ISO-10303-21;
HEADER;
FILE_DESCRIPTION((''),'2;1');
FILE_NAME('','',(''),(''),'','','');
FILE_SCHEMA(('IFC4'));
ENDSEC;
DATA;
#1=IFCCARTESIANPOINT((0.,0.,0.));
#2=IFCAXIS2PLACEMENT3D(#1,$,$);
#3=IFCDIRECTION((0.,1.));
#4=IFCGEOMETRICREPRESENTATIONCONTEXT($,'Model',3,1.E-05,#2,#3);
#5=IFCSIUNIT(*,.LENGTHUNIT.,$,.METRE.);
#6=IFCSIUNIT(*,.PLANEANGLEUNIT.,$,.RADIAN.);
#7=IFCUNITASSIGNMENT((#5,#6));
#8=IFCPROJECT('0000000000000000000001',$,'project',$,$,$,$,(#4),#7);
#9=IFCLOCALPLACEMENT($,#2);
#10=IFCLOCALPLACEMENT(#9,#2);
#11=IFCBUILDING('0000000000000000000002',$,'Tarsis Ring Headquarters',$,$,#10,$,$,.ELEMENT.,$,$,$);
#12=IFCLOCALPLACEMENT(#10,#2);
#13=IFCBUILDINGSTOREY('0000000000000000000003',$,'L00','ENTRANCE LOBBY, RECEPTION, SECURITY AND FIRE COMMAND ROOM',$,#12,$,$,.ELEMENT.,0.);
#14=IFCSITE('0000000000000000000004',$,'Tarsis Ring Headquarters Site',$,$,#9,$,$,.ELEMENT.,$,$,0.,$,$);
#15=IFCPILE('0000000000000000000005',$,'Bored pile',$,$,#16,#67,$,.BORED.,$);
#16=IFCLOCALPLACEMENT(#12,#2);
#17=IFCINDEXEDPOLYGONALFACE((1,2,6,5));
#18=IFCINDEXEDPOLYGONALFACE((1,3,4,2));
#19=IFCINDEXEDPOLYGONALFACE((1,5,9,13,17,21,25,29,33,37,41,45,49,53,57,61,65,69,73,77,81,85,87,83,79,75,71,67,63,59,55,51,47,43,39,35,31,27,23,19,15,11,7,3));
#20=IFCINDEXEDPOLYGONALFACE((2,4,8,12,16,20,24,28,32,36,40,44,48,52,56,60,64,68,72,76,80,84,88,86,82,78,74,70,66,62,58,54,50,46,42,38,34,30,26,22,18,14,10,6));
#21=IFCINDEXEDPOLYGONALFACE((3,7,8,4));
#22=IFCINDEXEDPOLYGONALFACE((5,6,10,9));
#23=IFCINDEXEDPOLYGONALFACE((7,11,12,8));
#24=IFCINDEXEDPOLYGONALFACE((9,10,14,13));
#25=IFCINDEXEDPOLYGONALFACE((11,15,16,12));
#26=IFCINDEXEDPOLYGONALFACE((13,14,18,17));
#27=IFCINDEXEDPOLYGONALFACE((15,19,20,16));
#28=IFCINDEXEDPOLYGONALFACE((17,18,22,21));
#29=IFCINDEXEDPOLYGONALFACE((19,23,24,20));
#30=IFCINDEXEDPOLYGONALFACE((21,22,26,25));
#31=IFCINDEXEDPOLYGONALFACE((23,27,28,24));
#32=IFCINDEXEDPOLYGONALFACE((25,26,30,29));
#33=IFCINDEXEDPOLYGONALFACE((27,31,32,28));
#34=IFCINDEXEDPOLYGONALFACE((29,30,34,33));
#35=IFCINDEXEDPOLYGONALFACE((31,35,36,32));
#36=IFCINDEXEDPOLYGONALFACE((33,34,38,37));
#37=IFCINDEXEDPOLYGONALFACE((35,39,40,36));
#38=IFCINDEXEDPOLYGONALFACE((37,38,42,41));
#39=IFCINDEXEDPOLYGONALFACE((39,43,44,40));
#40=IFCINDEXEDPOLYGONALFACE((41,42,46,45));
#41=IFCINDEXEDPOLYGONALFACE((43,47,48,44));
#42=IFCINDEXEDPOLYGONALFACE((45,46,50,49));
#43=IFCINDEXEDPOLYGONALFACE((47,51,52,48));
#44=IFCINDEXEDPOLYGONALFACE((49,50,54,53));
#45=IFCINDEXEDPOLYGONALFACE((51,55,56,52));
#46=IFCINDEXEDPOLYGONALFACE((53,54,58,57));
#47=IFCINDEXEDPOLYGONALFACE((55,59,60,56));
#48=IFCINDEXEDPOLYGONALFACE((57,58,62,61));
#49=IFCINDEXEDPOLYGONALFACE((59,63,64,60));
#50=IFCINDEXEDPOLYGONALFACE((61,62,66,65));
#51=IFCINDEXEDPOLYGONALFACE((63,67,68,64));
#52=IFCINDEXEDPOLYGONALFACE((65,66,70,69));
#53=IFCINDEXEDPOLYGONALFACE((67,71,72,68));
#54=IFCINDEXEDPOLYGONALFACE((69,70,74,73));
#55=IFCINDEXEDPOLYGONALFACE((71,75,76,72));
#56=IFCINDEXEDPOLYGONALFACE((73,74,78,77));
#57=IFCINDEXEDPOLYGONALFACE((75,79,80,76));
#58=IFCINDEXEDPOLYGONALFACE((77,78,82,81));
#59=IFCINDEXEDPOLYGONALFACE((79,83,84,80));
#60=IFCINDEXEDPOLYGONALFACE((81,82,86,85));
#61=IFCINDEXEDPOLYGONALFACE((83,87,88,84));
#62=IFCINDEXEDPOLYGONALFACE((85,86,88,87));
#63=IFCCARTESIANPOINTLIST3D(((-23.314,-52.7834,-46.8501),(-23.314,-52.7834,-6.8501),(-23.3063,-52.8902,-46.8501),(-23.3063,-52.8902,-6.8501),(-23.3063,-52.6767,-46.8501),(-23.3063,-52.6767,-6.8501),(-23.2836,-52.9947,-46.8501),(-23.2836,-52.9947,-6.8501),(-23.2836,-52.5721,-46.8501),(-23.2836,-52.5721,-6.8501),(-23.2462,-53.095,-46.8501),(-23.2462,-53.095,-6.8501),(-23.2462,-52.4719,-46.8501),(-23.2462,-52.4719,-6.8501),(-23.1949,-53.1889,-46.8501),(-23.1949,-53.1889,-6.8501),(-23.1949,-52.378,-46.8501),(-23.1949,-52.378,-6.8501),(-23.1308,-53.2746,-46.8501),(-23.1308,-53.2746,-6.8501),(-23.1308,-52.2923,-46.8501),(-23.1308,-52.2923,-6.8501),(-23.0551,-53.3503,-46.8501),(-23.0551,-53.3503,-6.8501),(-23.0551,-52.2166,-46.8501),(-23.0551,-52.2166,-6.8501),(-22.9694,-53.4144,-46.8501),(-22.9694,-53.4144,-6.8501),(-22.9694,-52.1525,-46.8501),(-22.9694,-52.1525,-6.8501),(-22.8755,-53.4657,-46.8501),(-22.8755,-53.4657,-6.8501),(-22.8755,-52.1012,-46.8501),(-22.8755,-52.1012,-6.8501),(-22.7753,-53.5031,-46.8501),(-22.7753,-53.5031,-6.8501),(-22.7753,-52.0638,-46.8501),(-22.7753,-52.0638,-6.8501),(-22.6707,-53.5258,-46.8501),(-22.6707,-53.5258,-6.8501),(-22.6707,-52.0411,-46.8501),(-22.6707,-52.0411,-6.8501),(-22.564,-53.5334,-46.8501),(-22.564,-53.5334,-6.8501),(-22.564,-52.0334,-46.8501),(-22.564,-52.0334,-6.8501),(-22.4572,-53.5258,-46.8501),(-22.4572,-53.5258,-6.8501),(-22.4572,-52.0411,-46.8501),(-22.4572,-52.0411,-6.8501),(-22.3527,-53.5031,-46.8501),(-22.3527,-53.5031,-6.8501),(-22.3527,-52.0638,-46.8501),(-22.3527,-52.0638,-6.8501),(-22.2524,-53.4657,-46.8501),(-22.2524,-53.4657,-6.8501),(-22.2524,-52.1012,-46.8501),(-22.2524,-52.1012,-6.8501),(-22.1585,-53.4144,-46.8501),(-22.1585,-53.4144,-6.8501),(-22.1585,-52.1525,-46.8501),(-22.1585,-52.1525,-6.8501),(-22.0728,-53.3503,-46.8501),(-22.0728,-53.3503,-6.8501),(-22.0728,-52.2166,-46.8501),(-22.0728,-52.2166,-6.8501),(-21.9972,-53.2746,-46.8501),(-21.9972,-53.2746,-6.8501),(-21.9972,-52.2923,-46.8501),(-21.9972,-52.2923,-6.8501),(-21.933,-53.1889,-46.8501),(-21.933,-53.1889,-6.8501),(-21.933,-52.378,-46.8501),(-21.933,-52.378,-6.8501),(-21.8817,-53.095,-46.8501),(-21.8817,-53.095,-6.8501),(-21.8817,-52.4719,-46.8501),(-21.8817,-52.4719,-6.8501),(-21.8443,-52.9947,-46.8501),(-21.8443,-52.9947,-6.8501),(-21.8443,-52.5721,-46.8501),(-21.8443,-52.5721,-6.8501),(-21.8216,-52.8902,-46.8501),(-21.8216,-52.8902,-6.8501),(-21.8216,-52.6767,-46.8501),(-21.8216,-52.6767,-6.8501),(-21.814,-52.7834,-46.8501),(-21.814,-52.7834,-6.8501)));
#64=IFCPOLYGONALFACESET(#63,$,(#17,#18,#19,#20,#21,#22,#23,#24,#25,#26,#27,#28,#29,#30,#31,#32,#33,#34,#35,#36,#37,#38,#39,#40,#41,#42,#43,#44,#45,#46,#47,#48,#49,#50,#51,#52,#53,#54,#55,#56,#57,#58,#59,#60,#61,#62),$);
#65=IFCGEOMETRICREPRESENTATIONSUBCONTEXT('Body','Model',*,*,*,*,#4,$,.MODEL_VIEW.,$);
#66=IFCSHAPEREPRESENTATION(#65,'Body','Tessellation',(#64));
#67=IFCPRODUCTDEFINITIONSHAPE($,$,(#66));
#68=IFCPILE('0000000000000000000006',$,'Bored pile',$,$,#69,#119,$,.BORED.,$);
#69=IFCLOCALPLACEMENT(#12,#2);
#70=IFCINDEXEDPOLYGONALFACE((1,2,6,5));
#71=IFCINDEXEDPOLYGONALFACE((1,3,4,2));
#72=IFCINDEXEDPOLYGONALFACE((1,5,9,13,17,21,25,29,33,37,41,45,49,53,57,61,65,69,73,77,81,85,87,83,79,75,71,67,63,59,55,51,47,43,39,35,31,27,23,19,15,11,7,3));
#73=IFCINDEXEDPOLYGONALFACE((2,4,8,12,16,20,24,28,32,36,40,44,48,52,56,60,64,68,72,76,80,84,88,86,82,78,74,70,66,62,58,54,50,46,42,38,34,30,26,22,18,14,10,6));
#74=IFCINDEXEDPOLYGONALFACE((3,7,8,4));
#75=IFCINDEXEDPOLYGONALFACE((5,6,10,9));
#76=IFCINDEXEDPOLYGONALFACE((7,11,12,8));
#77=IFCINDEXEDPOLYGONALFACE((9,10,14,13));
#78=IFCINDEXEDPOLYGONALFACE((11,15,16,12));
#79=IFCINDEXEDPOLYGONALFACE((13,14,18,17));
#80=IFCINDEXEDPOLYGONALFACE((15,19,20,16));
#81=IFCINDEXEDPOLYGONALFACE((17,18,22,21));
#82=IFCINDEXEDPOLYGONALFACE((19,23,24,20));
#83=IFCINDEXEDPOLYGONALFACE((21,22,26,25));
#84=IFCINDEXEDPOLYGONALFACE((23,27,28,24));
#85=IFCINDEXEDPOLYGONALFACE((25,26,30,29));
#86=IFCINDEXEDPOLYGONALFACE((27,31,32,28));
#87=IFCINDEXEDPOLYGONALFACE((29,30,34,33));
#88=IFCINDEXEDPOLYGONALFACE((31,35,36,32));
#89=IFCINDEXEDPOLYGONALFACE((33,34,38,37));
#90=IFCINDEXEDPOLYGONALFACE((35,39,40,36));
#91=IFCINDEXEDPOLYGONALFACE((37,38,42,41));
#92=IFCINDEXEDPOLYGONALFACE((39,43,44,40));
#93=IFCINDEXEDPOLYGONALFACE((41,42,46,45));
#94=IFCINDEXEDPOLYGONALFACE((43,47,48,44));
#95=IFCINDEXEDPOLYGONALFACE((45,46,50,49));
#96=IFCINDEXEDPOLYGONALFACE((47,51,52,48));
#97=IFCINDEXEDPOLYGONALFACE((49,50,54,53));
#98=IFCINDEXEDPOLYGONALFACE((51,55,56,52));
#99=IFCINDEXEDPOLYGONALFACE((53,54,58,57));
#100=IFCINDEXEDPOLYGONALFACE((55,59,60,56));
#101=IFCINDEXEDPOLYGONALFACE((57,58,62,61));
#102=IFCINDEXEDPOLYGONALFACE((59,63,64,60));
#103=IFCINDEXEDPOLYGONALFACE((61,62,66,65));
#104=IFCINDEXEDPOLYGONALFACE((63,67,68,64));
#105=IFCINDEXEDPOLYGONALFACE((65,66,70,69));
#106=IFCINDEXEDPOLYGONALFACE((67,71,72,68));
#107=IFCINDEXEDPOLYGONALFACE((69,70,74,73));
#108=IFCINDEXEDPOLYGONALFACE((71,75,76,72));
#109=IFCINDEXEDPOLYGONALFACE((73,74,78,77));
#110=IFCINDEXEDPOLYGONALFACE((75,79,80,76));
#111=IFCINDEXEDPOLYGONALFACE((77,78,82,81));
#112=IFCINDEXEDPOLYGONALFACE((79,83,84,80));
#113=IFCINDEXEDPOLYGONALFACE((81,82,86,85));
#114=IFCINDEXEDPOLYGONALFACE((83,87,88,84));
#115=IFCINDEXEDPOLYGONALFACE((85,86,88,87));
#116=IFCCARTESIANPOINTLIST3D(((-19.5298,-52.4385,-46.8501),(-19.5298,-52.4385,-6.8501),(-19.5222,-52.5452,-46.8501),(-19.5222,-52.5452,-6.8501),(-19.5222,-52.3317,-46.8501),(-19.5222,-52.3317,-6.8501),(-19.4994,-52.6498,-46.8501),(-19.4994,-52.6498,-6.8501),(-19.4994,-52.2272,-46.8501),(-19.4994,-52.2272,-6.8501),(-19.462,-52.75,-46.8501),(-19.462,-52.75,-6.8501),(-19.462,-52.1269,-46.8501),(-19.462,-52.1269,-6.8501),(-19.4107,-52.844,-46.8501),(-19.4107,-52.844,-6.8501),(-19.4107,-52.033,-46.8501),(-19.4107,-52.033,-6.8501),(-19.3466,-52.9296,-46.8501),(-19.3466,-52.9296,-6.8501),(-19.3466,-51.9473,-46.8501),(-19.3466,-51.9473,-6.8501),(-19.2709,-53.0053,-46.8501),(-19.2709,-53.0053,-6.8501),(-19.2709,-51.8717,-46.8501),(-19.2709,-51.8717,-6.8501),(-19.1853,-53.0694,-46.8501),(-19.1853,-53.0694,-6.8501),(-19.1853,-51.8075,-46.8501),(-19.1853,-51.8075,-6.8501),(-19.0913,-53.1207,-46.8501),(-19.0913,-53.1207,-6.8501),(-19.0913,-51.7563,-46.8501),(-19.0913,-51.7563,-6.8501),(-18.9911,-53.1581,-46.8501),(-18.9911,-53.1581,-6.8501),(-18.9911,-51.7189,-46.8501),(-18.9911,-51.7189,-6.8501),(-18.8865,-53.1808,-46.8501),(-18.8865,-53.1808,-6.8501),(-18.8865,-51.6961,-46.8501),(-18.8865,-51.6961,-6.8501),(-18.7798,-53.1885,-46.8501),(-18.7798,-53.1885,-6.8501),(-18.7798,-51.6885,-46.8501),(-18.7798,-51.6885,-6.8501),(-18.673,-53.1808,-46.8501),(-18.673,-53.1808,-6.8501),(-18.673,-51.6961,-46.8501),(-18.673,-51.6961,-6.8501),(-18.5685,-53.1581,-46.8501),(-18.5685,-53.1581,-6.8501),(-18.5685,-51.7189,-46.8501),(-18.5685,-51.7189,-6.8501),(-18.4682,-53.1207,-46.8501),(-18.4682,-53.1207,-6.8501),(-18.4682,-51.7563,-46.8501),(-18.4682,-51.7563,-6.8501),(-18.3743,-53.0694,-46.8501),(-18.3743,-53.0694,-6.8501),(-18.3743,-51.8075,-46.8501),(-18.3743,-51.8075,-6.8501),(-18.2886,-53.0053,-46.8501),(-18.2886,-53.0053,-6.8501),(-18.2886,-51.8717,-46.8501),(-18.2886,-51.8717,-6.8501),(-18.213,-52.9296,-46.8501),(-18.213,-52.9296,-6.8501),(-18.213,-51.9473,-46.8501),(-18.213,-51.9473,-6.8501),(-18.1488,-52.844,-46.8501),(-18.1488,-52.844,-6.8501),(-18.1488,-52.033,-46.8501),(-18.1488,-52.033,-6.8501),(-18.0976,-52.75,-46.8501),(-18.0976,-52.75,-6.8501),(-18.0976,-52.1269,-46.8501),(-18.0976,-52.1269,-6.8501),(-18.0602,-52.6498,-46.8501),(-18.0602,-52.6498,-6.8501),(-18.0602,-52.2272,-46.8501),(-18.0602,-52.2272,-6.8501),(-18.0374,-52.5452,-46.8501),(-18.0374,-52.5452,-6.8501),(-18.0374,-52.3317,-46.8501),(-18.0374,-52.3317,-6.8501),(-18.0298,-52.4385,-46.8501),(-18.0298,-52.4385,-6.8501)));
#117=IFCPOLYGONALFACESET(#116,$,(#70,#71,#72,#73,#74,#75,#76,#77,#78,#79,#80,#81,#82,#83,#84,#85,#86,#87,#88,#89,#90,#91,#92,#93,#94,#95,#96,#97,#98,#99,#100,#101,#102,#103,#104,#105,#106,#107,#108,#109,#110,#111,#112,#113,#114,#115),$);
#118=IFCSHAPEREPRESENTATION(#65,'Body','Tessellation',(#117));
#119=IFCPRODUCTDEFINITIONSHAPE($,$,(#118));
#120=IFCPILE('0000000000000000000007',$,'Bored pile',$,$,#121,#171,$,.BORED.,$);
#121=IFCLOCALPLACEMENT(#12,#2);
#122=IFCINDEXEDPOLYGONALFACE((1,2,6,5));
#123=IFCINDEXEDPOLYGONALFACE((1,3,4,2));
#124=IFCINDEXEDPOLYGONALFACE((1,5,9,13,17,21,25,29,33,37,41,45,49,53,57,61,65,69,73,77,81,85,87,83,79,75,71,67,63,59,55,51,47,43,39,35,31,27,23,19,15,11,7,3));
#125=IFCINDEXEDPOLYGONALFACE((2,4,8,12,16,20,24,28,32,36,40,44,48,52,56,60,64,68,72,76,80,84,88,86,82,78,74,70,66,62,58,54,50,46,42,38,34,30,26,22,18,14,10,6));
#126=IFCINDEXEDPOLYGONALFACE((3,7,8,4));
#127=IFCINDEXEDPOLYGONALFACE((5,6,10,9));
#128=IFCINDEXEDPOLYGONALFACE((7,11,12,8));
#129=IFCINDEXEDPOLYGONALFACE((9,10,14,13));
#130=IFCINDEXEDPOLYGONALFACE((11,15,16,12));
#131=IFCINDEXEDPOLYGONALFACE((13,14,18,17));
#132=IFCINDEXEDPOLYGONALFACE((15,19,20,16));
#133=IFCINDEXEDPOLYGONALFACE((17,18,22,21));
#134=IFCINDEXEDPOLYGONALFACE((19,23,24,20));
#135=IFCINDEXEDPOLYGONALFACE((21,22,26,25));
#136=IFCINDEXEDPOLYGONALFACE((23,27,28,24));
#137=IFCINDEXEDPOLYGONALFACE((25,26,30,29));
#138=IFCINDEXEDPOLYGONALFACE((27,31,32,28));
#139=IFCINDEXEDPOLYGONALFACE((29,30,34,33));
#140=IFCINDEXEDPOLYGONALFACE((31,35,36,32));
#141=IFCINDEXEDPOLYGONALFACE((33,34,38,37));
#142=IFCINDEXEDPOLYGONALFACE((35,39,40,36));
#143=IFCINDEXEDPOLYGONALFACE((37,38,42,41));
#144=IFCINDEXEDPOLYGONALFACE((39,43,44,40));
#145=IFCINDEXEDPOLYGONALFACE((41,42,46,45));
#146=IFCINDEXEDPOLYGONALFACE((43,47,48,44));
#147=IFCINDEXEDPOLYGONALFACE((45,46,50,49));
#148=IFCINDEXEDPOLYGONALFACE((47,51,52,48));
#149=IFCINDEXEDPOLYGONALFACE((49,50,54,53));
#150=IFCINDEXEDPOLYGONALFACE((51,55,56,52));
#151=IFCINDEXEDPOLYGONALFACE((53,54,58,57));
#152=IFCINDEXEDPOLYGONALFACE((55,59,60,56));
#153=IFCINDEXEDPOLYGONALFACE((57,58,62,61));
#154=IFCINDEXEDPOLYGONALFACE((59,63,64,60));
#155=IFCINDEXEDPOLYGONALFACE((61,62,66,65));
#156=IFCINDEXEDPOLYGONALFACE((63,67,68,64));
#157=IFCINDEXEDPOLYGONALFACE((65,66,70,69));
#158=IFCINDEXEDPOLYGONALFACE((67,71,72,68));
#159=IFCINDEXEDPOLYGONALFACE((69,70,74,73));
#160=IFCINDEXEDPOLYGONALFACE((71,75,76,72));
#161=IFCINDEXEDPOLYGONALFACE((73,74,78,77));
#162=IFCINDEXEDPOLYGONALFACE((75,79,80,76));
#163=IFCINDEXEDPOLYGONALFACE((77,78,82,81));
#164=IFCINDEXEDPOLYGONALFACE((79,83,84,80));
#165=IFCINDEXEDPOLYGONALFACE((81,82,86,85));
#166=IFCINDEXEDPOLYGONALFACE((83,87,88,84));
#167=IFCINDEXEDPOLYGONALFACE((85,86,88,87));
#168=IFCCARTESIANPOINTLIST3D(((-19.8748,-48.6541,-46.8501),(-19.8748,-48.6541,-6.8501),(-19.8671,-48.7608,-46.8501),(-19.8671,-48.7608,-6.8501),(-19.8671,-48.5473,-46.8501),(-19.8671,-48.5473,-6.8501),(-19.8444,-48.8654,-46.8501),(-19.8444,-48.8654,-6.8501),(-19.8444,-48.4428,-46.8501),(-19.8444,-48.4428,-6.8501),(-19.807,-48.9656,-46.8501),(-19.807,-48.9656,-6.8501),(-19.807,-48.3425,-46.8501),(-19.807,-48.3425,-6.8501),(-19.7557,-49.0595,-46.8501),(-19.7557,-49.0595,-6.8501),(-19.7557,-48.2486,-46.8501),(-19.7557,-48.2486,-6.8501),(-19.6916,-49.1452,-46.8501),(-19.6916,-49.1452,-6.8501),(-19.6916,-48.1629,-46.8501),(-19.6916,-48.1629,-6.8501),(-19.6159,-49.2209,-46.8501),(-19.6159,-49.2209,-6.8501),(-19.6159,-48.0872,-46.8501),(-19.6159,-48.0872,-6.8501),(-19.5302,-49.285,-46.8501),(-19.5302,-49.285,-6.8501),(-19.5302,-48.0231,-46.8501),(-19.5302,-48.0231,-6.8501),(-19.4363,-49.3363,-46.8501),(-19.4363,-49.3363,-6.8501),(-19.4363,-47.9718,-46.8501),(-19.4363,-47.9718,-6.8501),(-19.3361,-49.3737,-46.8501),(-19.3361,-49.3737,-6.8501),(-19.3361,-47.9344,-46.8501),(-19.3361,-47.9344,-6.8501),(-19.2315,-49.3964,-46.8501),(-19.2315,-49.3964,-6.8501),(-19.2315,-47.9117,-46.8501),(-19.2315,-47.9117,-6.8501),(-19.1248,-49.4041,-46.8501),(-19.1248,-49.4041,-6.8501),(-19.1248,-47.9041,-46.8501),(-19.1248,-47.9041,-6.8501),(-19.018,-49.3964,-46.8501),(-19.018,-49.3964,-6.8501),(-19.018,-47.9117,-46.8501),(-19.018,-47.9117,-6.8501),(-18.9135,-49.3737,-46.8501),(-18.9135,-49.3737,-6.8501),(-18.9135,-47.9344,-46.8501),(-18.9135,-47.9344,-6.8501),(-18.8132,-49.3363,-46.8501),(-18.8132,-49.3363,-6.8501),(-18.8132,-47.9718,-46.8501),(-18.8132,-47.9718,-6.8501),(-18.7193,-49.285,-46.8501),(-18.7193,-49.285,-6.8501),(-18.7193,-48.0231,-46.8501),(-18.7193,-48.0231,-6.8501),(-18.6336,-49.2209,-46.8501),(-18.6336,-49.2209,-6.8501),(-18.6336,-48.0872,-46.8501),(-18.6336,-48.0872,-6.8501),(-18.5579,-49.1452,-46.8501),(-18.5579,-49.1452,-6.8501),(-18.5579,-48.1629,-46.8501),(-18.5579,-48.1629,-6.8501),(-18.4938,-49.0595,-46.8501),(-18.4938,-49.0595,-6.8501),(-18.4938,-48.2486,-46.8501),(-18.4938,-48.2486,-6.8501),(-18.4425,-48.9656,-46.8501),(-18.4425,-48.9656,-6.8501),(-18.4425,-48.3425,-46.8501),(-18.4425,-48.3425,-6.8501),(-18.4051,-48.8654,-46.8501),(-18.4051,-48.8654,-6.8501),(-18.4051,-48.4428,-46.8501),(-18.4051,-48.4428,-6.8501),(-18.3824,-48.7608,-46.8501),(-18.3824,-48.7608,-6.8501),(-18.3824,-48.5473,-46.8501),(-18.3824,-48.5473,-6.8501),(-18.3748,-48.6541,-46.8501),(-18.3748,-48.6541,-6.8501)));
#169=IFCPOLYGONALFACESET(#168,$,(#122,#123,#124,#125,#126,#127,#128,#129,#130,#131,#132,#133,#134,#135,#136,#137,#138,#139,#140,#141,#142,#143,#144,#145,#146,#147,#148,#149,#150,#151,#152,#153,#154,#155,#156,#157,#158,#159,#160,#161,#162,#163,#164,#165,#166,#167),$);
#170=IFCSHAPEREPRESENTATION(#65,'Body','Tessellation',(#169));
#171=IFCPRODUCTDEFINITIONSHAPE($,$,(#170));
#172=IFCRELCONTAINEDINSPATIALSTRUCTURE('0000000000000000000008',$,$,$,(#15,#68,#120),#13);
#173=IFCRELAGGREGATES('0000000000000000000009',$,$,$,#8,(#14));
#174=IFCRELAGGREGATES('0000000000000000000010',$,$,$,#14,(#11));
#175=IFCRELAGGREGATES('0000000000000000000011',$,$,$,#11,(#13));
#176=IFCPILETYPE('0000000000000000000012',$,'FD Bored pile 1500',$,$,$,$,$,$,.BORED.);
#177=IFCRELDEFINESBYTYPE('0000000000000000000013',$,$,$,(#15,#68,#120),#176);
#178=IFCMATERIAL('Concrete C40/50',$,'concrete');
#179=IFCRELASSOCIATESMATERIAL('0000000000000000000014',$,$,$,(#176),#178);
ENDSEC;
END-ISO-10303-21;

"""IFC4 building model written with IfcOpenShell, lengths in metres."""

from ifc_helpers import new_model, si_unit, direction, frame, origin, origin_2d, place, context, subcontext, project, spatial, circle, extrude, material, material_profile, profile_set, type_object, element, save


model = new_model("IFC4")

# Units and contexts
model_context = context("Model", 3, precision=1e-05, world=origin(), true_north=direction((0.0, 1.0)))
body_context = subcontext(model_context, "Body", "Model", "MODEL_VIEW")
ifc_project = project(units=[si_unit("LENGTHUNIT", "METRE"), si_unit("PLANEANGLEUNIT", "RADIAN")], contexts=[model_context])

# Site, building, storey
site_placement = place(None, origin())
site = spatial("IfcSite", under=ifc_project, at=site_placement, Name="Tarsis Ring Headquarters Site", CompositionType="ELEMENT", RefElevation=0.0)
building_placement = place(site_placement, origin())
building = spatial("IfcBuilding", under=site, at=building_placement, Name="Tarsis Ring Headquarters", CompositionType="ELEMENT")
storey_placement = place(building_placement, origin())
storey = spatial("IfcBuildingStorey", under=building, at=storey_placement, Name="L00", Description="ENTRANCE LOBBY, RECEPTION, SECURITY AND FIRE COMMAND ROOM", CompositionType="ELEMENT", Elevation=0.0)

# Piles
ifc_material_1 = material(Name="Concrete C40/50", Category="concrete")
ifc_material_profile_1 = material_profile(ifc_material_1, circle(Radius=0.75, at=origin_2d()), Name="BORED 1500")
ifc_profile_set_1 = profile_set([ifc_material_profile_1], Name="Concrete C40/50")
pile_type = type_object("IfcPileType", Name="FD Bored pile 1500", PredefinedType="BORED", material=ifc_profile_set_1)
for number, where, z_axis, x_axis, name in (
    (1, (-22.564, -52.7834, -6.8501), (0.0, 0.0, -1.0), (1.0, 0.0, 0.0), "Bored pile"),
    (2, (-18.7798, -52.4385, -6.8501), (0.0, 0.0, -1.0), (1.0, 0.0, 0.0), "Bored pile"),
    (3, (-19.1248, -48.6541, -6.8501), (0.0, 0.0, -1.0), (1.0, 0.0, 0.0), "Bored pile"),
):
    element("IfcPile", number, at=place(storey_placement, frame(where, z_axis=z_axis, x_axis=x_axis)), inside=storey, type_object=pile_type, Name=name, PredefinedType="BORED", context=body_context, shape_type="SweptSolid", body=[
        extrude(circle(Radius=0.75, at=origin_2d()), origin(), (0.0, 0.0, 1.0), 40.0),
    ])

save(model, "model.ifc")
